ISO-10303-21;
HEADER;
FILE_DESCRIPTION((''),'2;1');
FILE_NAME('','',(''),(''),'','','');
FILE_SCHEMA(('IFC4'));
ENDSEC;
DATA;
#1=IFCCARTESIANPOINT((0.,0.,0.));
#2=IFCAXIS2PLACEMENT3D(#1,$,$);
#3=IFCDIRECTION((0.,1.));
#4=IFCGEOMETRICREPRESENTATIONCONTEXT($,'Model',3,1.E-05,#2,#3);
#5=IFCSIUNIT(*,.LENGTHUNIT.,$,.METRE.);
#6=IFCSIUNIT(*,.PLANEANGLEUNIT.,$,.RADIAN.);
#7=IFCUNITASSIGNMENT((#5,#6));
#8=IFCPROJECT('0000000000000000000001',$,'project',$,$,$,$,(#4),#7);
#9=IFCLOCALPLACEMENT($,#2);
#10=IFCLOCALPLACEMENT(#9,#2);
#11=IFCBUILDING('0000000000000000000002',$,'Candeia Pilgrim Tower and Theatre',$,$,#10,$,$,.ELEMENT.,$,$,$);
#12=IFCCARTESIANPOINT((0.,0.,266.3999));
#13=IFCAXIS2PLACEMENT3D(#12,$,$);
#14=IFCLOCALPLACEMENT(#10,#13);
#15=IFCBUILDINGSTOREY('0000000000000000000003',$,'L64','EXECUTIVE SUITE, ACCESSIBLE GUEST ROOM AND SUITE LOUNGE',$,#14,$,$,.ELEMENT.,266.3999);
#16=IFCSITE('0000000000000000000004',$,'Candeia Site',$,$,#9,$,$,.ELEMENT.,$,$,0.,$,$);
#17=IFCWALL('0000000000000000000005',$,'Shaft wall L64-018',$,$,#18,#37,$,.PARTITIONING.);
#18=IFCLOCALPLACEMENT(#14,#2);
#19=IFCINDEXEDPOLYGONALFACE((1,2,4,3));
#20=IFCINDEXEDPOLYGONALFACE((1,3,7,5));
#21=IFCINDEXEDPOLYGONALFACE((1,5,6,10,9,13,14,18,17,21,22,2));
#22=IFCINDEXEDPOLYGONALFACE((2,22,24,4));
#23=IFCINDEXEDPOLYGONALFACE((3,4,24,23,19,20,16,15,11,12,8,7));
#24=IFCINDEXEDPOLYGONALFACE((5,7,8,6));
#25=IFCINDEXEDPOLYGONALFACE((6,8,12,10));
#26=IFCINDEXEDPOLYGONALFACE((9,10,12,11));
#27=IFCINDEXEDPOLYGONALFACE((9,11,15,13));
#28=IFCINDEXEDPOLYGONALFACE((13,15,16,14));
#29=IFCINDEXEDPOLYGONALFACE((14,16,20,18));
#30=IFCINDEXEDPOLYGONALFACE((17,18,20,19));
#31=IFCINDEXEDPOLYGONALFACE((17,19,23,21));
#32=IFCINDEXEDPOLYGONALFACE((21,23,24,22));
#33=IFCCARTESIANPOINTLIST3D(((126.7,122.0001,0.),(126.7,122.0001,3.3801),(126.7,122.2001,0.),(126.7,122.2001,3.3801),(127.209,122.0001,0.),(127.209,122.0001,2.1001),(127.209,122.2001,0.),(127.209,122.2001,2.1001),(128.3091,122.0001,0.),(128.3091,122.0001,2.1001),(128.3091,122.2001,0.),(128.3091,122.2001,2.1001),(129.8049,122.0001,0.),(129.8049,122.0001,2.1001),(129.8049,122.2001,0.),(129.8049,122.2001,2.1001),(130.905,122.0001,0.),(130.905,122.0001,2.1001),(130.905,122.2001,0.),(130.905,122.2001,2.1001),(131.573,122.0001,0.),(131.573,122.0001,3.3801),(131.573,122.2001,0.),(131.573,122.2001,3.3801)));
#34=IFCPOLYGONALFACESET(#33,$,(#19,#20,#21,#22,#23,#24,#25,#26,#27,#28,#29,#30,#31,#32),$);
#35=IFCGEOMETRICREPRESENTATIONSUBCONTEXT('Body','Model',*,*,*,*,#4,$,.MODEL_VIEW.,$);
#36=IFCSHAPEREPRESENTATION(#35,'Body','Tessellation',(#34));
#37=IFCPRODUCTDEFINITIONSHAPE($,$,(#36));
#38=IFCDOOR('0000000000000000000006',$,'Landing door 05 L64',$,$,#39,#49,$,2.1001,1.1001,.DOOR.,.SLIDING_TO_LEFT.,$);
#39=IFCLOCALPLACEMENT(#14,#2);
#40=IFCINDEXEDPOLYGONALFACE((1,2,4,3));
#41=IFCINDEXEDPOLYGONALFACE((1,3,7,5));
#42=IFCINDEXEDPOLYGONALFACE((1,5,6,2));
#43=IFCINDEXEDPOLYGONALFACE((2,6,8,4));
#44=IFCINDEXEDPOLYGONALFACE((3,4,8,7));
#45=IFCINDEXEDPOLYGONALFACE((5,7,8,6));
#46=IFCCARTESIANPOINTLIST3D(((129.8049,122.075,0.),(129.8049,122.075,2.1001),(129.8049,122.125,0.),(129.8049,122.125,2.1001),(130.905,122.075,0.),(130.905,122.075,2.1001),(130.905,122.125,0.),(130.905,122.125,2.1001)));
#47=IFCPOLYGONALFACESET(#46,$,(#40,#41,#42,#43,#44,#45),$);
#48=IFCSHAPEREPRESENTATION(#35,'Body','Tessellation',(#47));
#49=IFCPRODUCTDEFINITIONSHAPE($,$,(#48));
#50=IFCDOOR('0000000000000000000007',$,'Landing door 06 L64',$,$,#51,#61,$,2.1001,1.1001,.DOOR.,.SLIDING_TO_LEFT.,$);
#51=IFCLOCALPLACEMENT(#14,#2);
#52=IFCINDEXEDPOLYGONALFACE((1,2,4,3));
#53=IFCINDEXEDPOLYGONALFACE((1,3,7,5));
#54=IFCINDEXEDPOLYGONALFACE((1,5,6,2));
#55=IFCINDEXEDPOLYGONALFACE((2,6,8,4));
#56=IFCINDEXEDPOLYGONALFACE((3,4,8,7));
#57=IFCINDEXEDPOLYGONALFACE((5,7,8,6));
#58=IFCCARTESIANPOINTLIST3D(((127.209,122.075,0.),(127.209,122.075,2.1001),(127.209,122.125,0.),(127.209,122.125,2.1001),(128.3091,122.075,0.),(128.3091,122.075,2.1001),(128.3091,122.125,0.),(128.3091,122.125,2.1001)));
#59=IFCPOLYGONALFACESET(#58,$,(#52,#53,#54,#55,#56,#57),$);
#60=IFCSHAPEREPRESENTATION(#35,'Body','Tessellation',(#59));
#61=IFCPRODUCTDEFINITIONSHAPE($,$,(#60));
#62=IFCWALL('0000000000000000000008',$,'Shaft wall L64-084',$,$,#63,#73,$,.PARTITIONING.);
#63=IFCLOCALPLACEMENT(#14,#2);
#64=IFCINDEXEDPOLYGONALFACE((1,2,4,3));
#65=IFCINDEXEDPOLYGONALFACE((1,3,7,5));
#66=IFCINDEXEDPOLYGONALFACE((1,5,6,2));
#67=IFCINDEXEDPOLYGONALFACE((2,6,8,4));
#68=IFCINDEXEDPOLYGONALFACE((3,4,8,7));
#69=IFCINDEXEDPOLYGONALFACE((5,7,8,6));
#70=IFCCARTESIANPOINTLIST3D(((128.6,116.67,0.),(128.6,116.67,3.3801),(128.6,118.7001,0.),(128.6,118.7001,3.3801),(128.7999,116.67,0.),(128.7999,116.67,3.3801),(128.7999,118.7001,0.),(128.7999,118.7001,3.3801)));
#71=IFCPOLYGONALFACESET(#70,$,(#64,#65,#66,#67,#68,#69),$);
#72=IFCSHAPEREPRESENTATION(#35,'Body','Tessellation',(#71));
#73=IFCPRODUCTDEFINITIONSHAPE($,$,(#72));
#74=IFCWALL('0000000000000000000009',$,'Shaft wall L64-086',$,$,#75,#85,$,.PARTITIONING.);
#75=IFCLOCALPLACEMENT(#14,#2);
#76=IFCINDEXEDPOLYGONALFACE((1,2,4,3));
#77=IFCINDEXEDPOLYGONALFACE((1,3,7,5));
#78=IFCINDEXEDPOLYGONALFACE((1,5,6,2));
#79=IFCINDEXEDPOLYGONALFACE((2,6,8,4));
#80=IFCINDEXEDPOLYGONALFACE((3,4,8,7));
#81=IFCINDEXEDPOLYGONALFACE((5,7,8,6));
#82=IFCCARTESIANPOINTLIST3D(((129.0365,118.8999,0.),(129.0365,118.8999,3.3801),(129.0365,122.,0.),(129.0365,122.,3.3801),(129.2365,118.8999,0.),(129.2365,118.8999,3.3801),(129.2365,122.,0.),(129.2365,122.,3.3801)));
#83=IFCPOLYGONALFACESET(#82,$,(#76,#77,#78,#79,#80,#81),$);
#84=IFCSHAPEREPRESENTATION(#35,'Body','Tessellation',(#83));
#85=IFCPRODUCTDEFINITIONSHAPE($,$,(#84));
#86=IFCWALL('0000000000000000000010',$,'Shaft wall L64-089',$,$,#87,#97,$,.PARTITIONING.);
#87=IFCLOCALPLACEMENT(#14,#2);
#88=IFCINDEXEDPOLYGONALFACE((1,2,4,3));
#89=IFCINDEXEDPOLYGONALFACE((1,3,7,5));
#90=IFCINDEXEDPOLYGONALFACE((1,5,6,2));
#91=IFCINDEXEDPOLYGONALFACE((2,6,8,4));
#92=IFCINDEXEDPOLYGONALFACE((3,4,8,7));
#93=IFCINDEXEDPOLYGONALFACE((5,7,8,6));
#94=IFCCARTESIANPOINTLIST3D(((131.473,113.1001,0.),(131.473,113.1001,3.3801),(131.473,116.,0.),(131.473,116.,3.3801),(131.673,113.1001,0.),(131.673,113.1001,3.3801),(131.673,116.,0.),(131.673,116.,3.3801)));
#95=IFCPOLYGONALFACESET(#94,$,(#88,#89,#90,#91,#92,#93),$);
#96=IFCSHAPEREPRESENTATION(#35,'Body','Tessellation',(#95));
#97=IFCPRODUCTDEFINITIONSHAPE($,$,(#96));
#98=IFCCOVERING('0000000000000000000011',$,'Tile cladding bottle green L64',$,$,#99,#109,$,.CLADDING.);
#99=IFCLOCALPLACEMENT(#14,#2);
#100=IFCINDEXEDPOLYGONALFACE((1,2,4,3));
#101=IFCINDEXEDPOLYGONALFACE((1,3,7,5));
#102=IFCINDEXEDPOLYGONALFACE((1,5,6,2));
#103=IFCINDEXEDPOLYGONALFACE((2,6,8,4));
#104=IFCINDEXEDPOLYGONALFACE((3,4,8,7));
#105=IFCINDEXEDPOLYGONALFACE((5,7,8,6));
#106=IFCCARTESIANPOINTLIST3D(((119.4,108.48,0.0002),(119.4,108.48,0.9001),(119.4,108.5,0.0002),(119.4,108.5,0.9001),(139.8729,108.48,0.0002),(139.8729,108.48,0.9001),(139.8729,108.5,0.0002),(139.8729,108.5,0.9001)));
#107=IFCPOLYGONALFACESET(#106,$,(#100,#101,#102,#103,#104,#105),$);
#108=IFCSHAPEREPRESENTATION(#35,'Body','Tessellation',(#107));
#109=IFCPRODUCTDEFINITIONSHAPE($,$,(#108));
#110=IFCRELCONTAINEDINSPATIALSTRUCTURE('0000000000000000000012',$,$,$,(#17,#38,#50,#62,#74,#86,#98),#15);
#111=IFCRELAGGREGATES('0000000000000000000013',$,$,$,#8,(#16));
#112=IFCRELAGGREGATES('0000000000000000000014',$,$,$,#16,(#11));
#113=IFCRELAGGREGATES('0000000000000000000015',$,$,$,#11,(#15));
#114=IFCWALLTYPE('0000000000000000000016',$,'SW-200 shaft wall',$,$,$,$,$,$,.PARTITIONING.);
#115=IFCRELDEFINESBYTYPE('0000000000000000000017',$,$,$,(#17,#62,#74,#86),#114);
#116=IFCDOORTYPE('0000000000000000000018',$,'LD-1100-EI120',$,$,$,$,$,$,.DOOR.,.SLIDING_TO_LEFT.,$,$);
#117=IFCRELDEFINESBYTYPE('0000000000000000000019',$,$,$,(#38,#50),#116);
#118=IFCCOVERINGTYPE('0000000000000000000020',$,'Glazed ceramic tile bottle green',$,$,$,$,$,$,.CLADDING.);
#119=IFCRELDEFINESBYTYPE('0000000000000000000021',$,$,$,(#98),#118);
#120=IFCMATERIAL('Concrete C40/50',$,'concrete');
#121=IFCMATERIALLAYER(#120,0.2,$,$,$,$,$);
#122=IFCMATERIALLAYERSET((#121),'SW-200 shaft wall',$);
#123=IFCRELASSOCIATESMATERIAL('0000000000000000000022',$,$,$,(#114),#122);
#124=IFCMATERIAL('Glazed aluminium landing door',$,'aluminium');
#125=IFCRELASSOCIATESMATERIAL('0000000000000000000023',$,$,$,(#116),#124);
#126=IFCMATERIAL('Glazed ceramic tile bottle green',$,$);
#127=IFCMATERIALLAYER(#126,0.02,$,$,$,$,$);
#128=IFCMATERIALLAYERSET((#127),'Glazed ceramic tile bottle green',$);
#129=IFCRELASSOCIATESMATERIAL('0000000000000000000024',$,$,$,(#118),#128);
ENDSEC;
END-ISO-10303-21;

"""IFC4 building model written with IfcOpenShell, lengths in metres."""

from ifc_helpers import new_model, si_unit, direction, frame, frame_2d, origin, origin_2d, place, context, subcontext, project, spatial, rectangle, extrude, material, layer, layer_set, type_object, element, fill, save


model = new_model("IFC4")

# Units and contexts
model_context = context("Model", 3, precision=1e-05, world=origin(), true_north=direction((0.0, 1.0)))
body_context = subcontext(model_context, "Body", "Model", "MODEL_VIEW")
ifc_project = project(units=[si_unit("LENGTHUNIT", "METRE"), si_unit("PLANEANGLEUNIT", "RADIAN")], contexts=[model_context])

# Site, building, storey
site_placement = place(None, origin())
site = spatial("IfcSite", under=ifc_project, at=site_placement, Name="Candeia Site", CompositionType="ELEMENT", RefElevation=0.0)
building_placement = place(site_placement, origin())
building = spatial("IfcBuilding", under=site, at=building_placement, Name="Candeia Pilgrim Tower and Theatre", CompositionType="ELEMENT")
storey_placement = place(building_placement, frame((0.0, 0.0, 266.3999)))
storey = spatial("IfcBuildingStorey", under=building, at=storey_placement, Name="L64", Description="EXECUTIVE SUITE, ACCESSIBLE GUEST ROOM AND SUITE LOUNGE", CompositionType="ELEMENT", Elevation=266.3999)

# Shared definitions
ifc_material_1 = material(Name="Concrete C40/50", Category="concrete")

# Shared definitions
ifc_layer_1 = layer(ifc_material_1, 0.2)
ifc_layer_set_1 = layer_set([ifc_layer_1], Name="SW-200 shaft wall")
wall_type_1 = type_object("IfcWallType", Name="SW-200 shaft wall", PredefinedType="PARTITIONING", material=ifc_layer_set_1)

# Wall, openings, doors
wall_1_placement = place(storey_placement, frame((126.7, 122.1001, 0.0), z_axis=(0.0, 0.0, 1.0), x_axis=(1.0, 0.0, 0.0)))
wall_1 = element("IfcWall", 1, at=wall_1_placement, inside=storey, type_object=wall_type_1, Name="Shaft wall L64-018", PredefinedType="PARTITIONING", context=body_context, shape_type="SweptSolid", body=[
    extrude(rectangle(XDim=4.873, YDim=0.2, at=frame_2d((2.4365, 0.0))), origin(), (0.0, 0.0, 1.0), 3.3801),
])
opening_1_placement = place(wall_1_placement, frame((3.105, 0.0, 0.0)))
opening_1 = element("IfcOpeningElement", 2, at=opening_1_placement, cuts=wall_1, PredefinedType="OPENING", context=body_context, shape_type="SweptSolid", body=[
    extrude(rectangle(XDim=1.1001, YDim=2.1001, at=frame_2d((0.55, 1.05))), frame((0.0, 0.1099, 0.0), z_axis=(0.0, -1.0, 0.0), x_axis=(1.0, 0.0, 0.0)), (0.0, 0.0, 1.0), 0.22),
])
opening_2_placement = place(wall_1_placement, frame((0.509, 0.0, 0.0)))
opening_2 = element("IfcOpeningElement", 3, at=opening_2_placement, cuts=wall_1, PredefinedType="OPENING", context=body_context, shape_type="SweptSolid", body=[
    extrude(rectangle(XDim=1.1001, YDim=2.1001, at=frame_2d((0.55, 1.05))), frame((0.0, 0.1099, 0.0), z_axis=(0.0, -1.0, 0.0), x_axis=(1.0, 0.0, 0.0)), (0.0, 0.0, 1.0), 0.22),
])
ifc_material_2 = material(Name="Glazed aluminium landing door", Category="aluminium")
door_type_1 = type_object("IfcDoorType", Name="LD-1100-EI120", OperationType="SLIDING_TO_LEFT", PredefinedType="DOOR", material=ifc_material_2)
door_1_placement = place(opening_1_placement, origin())
door_1 = element("IfcDoor", 4, at=door_1_placement, inside=storey, type_object=door_type_1, Name="Landing door 05 L64", OperationType="SLIDING_TO_LEFT", OverallHeight=2.1001, OverallWidth=1.1001, PredefinedType="DOOR", context=body_context, shape_type="SweptSolid", body=[
    extrude(rectangle(XDim=1.1001, YDim=2.1001, at=frame_2d((0.55, 1.05))), frame((0.0, 0.0249, 0.0), z_axis=(0.0, -1.0, 0.0), x_axis=(1.0, 0.0, 0.0)), (0.0, 0.0, 1.0), 0.05),
])
fill(opening_1, door_1)
door_2_placement = place(opening_2_placement, origin())
door_2 = element("IfcDoor", 5, at=door_2_placement, inside=storey, type_object=door_type_1, Name="Landing door 06 L64", OperationType="SLIDING_TO_LEFT", OverallHeight=2.1001, OverallWidth=1.1001, PredefinedType="DOOR", context=body_context, shape_type="SweptSolid", body=[
    extrude(rectangle(XDim=1.1001, YDim=2.1001, at=frame_2d((0.55, 1.05))), frame((0.0, 0.0249, 0.0), z_axis=(0.0, -1.0, 0.0), x_axis=(1.0, 0.0, 0.0)), (0.0, 0.0, 1.0), 0.05),
])
fill(opening_2, door_2)

# Walls
wall_2_placement = place(storey_placement, frame((128.7, 116.6699, 0.0), z_axis=(0.0, 0.0, 1.0), x_axis=(0.0, 1.0, 0.0)))
element("IfcWall", 6, at=wall_2_placement, inside=storey, type_object=wall_type_1, Name="Shaft wall L64-084", PredefinedType="PARTITIONING", context=body_context, shape_type="SweptSolid", body=[
    extrude(rectangle(XDim=2.03, YDim=0.2, at=frame_2d((1.0151, 0.0))), origin(), (0.0, 0.0, 1.0), 3.3801),
])
wall_3_placement = place(storey_placement, frame((129.1365, 118.8999, 0.0), z_axis=(0.0, 0.0, 1.0), x_axis=(0.0, 1.0, 0.0)))
element("IfcWall", 7, at=wall_3_placement, inside=storey, type_object=wall_type_1, Name="Shaft wall L64-086", PredefinedType="PARTITIONING", context=body_context, shape_type="SweptSolid", body=[
    extrude(rectangle(XDim=3.1001, YDim=0.2, at=frame_2d((1.55, 0.0))), origin(), (0.0, 0.0, 1.0), 3.3801),
])
wall_4_placement = place(storey_placement, frame((131.573, 113.1001, 0.0), z_axis=(0.0, 0.0, 1.0), x_axis=(0.0, 1.0, 0.0)))
element("IfcWall", 8, at=wall_4_placement, inside=storey, type_object=wall_type_1, Name="Shaft wall L64-089", PredefinedType="PARTITIONING", context=body_context, shape_type="SweptSolid", body=[
    extrude(rectangle(XDim=2.8999, YDim=0.2, at=frame_2d((1.45, 0.0))), origin(), (0.0, 0.0, 1.0), 3.3801),
])

# Covering
ifc_material_3 = material(Name="Glazed ceramic tile bottle green")
ifc_layer_2 = layer(ifc_material_3, 0.02)
ifc_layer_set_2 = layer_set([ifc_layer_2], Name="Glazed ceramic tile bottle green")
covering_type = type_object("IfcCoveringType", Name="Glazed ceramic tile bottle green", PredefinedType="CLADDING", material=ifc_layer_set_2)
covering_placement = place(storey_placement, frame((129.6365, 108.49, 0.0002), z_axis=(0.0, 0.0, 1.0), x_axis=(1.0, 0.0, 0.0)))
element("IfcCovering", 9, at=covering_placement, inside=storey, type_object=covering_type, Name="Tile cladding bottle green L64", PredefinedType="CLADDING", context=body_context, shape_type="SweptSolid", body=[
    extrude(rectangle(XDim=20.4729, YDim=0.02, at=origin_2d()), origin(), (0.0, 0.0, 1.0), 0.8999),
])

save(model, "model.ifc")
